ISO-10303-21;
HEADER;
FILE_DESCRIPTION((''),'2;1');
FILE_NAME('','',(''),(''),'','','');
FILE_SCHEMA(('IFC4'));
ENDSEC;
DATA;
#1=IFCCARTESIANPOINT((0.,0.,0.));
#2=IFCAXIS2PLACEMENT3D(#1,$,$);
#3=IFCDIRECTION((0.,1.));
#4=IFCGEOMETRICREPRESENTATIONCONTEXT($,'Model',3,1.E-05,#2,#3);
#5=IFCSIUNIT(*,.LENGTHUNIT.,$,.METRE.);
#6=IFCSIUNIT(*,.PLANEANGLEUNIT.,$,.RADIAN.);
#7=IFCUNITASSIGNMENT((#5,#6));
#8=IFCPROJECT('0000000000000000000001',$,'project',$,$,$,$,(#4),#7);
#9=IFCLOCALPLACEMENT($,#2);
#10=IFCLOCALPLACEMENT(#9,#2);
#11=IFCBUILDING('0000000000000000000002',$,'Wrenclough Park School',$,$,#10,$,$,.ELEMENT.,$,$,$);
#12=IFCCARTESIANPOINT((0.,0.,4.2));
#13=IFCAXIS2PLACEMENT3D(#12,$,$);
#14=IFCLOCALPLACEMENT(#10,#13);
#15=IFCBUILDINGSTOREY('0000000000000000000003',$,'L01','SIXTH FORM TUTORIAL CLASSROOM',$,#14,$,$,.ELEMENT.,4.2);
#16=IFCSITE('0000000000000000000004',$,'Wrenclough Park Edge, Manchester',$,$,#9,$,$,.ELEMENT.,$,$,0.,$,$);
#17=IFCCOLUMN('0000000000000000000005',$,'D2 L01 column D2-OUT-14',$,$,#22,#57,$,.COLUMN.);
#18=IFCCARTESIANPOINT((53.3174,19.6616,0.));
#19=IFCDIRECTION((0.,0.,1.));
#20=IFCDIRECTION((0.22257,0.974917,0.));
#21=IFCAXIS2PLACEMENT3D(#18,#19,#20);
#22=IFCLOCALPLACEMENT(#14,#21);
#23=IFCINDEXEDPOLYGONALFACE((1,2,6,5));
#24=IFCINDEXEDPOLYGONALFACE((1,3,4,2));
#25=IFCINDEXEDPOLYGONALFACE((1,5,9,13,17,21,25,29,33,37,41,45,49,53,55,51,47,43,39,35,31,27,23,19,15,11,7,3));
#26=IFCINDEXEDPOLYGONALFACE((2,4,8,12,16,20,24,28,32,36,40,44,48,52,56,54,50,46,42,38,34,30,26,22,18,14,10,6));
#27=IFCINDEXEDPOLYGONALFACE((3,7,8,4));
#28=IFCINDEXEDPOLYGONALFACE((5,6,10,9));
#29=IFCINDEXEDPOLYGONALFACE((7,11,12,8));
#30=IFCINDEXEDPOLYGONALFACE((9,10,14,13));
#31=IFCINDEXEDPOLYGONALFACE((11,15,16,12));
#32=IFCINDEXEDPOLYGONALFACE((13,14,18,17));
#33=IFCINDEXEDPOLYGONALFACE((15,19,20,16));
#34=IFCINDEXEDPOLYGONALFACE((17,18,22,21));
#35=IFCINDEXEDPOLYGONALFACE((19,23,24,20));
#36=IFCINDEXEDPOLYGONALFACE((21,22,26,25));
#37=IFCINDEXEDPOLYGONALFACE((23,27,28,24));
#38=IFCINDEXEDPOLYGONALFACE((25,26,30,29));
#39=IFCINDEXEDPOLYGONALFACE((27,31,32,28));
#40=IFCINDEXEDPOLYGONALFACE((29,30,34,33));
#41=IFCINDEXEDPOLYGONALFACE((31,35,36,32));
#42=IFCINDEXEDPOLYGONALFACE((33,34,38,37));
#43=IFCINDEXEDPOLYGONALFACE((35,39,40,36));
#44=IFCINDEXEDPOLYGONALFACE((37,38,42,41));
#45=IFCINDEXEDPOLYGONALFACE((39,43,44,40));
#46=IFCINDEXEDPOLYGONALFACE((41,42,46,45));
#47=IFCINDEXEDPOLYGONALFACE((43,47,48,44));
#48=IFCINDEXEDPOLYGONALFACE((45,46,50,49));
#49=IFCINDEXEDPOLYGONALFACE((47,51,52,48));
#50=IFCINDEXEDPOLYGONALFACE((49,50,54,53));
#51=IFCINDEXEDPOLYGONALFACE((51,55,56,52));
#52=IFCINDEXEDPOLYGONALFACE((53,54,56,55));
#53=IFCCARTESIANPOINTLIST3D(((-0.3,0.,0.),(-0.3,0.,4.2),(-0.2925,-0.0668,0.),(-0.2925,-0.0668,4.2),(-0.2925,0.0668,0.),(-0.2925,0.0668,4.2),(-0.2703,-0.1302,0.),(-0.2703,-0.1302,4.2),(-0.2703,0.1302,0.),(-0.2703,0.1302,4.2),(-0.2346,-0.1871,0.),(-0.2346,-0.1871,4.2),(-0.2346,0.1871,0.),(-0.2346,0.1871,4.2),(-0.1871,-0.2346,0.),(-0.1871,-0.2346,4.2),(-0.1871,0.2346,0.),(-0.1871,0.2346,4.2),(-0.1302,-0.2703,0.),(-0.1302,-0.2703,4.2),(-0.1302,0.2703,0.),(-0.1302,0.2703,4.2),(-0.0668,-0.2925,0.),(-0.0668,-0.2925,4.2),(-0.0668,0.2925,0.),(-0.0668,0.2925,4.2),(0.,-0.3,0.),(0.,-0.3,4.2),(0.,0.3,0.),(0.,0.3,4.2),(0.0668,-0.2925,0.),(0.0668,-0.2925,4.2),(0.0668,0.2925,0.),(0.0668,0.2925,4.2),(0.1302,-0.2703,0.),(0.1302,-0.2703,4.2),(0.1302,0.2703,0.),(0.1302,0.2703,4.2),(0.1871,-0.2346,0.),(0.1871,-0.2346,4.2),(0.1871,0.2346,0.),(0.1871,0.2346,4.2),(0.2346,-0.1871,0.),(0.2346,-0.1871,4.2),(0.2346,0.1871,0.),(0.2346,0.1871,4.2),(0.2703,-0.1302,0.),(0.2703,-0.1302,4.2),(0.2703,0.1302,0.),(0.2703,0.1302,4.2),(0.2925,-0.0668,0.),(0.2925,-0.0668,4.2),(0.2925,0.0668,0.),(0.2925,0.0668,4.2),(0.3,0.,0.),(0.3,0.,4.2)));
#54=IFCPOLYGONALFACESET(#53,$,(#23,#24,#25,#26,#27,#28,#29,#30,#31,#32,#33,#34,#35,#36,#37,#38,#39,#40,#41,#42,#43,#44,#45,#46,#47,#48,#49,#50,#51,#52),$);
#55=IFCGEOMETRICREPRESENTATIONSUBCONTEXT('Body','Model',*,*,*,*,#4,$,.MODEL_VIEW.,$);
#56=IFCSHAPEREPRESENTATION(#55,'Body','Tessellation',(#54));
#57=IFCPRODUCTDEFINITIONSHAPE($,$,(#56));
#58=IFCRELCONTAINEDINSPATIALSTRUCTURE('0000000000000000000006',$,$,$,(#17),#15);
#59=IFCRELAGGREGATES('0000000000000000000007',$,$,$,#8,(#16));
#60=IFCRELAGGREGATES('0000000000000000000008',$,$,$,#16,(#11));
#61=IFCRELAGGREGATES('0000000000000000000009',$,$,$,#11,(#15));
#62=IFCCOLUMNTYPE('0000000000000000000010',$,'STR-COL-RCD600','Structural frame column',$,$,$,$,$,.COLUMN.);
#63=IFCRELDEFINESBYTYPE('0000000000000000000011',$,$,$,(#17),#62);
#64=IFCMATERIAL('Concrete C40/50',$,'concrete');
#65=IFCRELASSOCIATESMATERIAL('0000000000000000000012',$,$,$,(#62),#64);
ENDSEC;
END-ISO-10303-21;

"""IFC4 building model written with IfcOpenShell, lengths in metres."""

from ifc_helpers import new_model, si_unit, direction, frame, origin, origin_2d, place, context, subcontext, project, spatial, circle, extrude, material, material_profile, profile_set, type_object, element, save


model = new_model("IFC4")

# Units and contexts
model_context = context("Model", 3, precision=1e-05, world=origin(), true_north=direction((0.0, 1.0)))
body_context = subcontext(model_context, "Body", "Model", "MODEL_VIEW")
ifc_project = project(units=[si_unit("LENGTHUNIT", "METRE"), si_unit("PLANEANGLEUNIT", "RADIAN")], contexts=[model_context])

# Site, building, storey
site_placement = place(None, origin())
site = spatial("IfcSite", under=ifc_project, at=site_placement, Name="Wrenclough Park Edge, Manchester", CompositionType="ELEMENT", RefElevation=0.0)
building_placement = place(site_placement, origin())
building = spatial("IfcBuilding", under=site, at=building_placement, Name="Wrenclough Park School", CompositionType="ELEMENT")
storey_placement = place(building_placement, frame((0.0, 0.0, 4.2)))
storey = spatial("IfcBuildingStorey", under=building, at=storey_placement, Name="L01", Description="SIXTH FORM TUTORIAL CLASSROOM", CompositionType="ELEMENT", Elevation=4.2)

# Column
ifc_material_1 = material(Name="Concrete C40/50", Category="concrete")
ifc_material_profile_1 = material_profile(ifc_material_1, circle(Radius=0.3, at=origin_2d()), Name="RC COL D600")
ifc_profile_set_1 = profile_set([ifc_material_profile_1], Name="Concrete C40/50")
column_type = type_object("IfcColumnType", Name="STR-COL-RCD600", Description="Structural frame column", PredefinedType="COLUMN", material=ifc_profile_set_1)
column_placement = place(storey_placement, frame((53.3174, 19.6616, 0.0), z_axis=(0.0, 0.0, 1.0), x_axis=(0.22257, 0.974917, 0.0)))
element("IfcColumn", 1, at=column_placement, inside=storey, type_object=column_type, Name="D2 L01 column D2-OUT-14", PredefinedType="COLUMN", context=body_context, shape_type="SweptSolid", body=[
    extrude(circle(Radius=0.3, at=origin_2d()), origin(), (0.0, 0.0, 1.0), 4.2),
])

save(model, "model.ifc")
